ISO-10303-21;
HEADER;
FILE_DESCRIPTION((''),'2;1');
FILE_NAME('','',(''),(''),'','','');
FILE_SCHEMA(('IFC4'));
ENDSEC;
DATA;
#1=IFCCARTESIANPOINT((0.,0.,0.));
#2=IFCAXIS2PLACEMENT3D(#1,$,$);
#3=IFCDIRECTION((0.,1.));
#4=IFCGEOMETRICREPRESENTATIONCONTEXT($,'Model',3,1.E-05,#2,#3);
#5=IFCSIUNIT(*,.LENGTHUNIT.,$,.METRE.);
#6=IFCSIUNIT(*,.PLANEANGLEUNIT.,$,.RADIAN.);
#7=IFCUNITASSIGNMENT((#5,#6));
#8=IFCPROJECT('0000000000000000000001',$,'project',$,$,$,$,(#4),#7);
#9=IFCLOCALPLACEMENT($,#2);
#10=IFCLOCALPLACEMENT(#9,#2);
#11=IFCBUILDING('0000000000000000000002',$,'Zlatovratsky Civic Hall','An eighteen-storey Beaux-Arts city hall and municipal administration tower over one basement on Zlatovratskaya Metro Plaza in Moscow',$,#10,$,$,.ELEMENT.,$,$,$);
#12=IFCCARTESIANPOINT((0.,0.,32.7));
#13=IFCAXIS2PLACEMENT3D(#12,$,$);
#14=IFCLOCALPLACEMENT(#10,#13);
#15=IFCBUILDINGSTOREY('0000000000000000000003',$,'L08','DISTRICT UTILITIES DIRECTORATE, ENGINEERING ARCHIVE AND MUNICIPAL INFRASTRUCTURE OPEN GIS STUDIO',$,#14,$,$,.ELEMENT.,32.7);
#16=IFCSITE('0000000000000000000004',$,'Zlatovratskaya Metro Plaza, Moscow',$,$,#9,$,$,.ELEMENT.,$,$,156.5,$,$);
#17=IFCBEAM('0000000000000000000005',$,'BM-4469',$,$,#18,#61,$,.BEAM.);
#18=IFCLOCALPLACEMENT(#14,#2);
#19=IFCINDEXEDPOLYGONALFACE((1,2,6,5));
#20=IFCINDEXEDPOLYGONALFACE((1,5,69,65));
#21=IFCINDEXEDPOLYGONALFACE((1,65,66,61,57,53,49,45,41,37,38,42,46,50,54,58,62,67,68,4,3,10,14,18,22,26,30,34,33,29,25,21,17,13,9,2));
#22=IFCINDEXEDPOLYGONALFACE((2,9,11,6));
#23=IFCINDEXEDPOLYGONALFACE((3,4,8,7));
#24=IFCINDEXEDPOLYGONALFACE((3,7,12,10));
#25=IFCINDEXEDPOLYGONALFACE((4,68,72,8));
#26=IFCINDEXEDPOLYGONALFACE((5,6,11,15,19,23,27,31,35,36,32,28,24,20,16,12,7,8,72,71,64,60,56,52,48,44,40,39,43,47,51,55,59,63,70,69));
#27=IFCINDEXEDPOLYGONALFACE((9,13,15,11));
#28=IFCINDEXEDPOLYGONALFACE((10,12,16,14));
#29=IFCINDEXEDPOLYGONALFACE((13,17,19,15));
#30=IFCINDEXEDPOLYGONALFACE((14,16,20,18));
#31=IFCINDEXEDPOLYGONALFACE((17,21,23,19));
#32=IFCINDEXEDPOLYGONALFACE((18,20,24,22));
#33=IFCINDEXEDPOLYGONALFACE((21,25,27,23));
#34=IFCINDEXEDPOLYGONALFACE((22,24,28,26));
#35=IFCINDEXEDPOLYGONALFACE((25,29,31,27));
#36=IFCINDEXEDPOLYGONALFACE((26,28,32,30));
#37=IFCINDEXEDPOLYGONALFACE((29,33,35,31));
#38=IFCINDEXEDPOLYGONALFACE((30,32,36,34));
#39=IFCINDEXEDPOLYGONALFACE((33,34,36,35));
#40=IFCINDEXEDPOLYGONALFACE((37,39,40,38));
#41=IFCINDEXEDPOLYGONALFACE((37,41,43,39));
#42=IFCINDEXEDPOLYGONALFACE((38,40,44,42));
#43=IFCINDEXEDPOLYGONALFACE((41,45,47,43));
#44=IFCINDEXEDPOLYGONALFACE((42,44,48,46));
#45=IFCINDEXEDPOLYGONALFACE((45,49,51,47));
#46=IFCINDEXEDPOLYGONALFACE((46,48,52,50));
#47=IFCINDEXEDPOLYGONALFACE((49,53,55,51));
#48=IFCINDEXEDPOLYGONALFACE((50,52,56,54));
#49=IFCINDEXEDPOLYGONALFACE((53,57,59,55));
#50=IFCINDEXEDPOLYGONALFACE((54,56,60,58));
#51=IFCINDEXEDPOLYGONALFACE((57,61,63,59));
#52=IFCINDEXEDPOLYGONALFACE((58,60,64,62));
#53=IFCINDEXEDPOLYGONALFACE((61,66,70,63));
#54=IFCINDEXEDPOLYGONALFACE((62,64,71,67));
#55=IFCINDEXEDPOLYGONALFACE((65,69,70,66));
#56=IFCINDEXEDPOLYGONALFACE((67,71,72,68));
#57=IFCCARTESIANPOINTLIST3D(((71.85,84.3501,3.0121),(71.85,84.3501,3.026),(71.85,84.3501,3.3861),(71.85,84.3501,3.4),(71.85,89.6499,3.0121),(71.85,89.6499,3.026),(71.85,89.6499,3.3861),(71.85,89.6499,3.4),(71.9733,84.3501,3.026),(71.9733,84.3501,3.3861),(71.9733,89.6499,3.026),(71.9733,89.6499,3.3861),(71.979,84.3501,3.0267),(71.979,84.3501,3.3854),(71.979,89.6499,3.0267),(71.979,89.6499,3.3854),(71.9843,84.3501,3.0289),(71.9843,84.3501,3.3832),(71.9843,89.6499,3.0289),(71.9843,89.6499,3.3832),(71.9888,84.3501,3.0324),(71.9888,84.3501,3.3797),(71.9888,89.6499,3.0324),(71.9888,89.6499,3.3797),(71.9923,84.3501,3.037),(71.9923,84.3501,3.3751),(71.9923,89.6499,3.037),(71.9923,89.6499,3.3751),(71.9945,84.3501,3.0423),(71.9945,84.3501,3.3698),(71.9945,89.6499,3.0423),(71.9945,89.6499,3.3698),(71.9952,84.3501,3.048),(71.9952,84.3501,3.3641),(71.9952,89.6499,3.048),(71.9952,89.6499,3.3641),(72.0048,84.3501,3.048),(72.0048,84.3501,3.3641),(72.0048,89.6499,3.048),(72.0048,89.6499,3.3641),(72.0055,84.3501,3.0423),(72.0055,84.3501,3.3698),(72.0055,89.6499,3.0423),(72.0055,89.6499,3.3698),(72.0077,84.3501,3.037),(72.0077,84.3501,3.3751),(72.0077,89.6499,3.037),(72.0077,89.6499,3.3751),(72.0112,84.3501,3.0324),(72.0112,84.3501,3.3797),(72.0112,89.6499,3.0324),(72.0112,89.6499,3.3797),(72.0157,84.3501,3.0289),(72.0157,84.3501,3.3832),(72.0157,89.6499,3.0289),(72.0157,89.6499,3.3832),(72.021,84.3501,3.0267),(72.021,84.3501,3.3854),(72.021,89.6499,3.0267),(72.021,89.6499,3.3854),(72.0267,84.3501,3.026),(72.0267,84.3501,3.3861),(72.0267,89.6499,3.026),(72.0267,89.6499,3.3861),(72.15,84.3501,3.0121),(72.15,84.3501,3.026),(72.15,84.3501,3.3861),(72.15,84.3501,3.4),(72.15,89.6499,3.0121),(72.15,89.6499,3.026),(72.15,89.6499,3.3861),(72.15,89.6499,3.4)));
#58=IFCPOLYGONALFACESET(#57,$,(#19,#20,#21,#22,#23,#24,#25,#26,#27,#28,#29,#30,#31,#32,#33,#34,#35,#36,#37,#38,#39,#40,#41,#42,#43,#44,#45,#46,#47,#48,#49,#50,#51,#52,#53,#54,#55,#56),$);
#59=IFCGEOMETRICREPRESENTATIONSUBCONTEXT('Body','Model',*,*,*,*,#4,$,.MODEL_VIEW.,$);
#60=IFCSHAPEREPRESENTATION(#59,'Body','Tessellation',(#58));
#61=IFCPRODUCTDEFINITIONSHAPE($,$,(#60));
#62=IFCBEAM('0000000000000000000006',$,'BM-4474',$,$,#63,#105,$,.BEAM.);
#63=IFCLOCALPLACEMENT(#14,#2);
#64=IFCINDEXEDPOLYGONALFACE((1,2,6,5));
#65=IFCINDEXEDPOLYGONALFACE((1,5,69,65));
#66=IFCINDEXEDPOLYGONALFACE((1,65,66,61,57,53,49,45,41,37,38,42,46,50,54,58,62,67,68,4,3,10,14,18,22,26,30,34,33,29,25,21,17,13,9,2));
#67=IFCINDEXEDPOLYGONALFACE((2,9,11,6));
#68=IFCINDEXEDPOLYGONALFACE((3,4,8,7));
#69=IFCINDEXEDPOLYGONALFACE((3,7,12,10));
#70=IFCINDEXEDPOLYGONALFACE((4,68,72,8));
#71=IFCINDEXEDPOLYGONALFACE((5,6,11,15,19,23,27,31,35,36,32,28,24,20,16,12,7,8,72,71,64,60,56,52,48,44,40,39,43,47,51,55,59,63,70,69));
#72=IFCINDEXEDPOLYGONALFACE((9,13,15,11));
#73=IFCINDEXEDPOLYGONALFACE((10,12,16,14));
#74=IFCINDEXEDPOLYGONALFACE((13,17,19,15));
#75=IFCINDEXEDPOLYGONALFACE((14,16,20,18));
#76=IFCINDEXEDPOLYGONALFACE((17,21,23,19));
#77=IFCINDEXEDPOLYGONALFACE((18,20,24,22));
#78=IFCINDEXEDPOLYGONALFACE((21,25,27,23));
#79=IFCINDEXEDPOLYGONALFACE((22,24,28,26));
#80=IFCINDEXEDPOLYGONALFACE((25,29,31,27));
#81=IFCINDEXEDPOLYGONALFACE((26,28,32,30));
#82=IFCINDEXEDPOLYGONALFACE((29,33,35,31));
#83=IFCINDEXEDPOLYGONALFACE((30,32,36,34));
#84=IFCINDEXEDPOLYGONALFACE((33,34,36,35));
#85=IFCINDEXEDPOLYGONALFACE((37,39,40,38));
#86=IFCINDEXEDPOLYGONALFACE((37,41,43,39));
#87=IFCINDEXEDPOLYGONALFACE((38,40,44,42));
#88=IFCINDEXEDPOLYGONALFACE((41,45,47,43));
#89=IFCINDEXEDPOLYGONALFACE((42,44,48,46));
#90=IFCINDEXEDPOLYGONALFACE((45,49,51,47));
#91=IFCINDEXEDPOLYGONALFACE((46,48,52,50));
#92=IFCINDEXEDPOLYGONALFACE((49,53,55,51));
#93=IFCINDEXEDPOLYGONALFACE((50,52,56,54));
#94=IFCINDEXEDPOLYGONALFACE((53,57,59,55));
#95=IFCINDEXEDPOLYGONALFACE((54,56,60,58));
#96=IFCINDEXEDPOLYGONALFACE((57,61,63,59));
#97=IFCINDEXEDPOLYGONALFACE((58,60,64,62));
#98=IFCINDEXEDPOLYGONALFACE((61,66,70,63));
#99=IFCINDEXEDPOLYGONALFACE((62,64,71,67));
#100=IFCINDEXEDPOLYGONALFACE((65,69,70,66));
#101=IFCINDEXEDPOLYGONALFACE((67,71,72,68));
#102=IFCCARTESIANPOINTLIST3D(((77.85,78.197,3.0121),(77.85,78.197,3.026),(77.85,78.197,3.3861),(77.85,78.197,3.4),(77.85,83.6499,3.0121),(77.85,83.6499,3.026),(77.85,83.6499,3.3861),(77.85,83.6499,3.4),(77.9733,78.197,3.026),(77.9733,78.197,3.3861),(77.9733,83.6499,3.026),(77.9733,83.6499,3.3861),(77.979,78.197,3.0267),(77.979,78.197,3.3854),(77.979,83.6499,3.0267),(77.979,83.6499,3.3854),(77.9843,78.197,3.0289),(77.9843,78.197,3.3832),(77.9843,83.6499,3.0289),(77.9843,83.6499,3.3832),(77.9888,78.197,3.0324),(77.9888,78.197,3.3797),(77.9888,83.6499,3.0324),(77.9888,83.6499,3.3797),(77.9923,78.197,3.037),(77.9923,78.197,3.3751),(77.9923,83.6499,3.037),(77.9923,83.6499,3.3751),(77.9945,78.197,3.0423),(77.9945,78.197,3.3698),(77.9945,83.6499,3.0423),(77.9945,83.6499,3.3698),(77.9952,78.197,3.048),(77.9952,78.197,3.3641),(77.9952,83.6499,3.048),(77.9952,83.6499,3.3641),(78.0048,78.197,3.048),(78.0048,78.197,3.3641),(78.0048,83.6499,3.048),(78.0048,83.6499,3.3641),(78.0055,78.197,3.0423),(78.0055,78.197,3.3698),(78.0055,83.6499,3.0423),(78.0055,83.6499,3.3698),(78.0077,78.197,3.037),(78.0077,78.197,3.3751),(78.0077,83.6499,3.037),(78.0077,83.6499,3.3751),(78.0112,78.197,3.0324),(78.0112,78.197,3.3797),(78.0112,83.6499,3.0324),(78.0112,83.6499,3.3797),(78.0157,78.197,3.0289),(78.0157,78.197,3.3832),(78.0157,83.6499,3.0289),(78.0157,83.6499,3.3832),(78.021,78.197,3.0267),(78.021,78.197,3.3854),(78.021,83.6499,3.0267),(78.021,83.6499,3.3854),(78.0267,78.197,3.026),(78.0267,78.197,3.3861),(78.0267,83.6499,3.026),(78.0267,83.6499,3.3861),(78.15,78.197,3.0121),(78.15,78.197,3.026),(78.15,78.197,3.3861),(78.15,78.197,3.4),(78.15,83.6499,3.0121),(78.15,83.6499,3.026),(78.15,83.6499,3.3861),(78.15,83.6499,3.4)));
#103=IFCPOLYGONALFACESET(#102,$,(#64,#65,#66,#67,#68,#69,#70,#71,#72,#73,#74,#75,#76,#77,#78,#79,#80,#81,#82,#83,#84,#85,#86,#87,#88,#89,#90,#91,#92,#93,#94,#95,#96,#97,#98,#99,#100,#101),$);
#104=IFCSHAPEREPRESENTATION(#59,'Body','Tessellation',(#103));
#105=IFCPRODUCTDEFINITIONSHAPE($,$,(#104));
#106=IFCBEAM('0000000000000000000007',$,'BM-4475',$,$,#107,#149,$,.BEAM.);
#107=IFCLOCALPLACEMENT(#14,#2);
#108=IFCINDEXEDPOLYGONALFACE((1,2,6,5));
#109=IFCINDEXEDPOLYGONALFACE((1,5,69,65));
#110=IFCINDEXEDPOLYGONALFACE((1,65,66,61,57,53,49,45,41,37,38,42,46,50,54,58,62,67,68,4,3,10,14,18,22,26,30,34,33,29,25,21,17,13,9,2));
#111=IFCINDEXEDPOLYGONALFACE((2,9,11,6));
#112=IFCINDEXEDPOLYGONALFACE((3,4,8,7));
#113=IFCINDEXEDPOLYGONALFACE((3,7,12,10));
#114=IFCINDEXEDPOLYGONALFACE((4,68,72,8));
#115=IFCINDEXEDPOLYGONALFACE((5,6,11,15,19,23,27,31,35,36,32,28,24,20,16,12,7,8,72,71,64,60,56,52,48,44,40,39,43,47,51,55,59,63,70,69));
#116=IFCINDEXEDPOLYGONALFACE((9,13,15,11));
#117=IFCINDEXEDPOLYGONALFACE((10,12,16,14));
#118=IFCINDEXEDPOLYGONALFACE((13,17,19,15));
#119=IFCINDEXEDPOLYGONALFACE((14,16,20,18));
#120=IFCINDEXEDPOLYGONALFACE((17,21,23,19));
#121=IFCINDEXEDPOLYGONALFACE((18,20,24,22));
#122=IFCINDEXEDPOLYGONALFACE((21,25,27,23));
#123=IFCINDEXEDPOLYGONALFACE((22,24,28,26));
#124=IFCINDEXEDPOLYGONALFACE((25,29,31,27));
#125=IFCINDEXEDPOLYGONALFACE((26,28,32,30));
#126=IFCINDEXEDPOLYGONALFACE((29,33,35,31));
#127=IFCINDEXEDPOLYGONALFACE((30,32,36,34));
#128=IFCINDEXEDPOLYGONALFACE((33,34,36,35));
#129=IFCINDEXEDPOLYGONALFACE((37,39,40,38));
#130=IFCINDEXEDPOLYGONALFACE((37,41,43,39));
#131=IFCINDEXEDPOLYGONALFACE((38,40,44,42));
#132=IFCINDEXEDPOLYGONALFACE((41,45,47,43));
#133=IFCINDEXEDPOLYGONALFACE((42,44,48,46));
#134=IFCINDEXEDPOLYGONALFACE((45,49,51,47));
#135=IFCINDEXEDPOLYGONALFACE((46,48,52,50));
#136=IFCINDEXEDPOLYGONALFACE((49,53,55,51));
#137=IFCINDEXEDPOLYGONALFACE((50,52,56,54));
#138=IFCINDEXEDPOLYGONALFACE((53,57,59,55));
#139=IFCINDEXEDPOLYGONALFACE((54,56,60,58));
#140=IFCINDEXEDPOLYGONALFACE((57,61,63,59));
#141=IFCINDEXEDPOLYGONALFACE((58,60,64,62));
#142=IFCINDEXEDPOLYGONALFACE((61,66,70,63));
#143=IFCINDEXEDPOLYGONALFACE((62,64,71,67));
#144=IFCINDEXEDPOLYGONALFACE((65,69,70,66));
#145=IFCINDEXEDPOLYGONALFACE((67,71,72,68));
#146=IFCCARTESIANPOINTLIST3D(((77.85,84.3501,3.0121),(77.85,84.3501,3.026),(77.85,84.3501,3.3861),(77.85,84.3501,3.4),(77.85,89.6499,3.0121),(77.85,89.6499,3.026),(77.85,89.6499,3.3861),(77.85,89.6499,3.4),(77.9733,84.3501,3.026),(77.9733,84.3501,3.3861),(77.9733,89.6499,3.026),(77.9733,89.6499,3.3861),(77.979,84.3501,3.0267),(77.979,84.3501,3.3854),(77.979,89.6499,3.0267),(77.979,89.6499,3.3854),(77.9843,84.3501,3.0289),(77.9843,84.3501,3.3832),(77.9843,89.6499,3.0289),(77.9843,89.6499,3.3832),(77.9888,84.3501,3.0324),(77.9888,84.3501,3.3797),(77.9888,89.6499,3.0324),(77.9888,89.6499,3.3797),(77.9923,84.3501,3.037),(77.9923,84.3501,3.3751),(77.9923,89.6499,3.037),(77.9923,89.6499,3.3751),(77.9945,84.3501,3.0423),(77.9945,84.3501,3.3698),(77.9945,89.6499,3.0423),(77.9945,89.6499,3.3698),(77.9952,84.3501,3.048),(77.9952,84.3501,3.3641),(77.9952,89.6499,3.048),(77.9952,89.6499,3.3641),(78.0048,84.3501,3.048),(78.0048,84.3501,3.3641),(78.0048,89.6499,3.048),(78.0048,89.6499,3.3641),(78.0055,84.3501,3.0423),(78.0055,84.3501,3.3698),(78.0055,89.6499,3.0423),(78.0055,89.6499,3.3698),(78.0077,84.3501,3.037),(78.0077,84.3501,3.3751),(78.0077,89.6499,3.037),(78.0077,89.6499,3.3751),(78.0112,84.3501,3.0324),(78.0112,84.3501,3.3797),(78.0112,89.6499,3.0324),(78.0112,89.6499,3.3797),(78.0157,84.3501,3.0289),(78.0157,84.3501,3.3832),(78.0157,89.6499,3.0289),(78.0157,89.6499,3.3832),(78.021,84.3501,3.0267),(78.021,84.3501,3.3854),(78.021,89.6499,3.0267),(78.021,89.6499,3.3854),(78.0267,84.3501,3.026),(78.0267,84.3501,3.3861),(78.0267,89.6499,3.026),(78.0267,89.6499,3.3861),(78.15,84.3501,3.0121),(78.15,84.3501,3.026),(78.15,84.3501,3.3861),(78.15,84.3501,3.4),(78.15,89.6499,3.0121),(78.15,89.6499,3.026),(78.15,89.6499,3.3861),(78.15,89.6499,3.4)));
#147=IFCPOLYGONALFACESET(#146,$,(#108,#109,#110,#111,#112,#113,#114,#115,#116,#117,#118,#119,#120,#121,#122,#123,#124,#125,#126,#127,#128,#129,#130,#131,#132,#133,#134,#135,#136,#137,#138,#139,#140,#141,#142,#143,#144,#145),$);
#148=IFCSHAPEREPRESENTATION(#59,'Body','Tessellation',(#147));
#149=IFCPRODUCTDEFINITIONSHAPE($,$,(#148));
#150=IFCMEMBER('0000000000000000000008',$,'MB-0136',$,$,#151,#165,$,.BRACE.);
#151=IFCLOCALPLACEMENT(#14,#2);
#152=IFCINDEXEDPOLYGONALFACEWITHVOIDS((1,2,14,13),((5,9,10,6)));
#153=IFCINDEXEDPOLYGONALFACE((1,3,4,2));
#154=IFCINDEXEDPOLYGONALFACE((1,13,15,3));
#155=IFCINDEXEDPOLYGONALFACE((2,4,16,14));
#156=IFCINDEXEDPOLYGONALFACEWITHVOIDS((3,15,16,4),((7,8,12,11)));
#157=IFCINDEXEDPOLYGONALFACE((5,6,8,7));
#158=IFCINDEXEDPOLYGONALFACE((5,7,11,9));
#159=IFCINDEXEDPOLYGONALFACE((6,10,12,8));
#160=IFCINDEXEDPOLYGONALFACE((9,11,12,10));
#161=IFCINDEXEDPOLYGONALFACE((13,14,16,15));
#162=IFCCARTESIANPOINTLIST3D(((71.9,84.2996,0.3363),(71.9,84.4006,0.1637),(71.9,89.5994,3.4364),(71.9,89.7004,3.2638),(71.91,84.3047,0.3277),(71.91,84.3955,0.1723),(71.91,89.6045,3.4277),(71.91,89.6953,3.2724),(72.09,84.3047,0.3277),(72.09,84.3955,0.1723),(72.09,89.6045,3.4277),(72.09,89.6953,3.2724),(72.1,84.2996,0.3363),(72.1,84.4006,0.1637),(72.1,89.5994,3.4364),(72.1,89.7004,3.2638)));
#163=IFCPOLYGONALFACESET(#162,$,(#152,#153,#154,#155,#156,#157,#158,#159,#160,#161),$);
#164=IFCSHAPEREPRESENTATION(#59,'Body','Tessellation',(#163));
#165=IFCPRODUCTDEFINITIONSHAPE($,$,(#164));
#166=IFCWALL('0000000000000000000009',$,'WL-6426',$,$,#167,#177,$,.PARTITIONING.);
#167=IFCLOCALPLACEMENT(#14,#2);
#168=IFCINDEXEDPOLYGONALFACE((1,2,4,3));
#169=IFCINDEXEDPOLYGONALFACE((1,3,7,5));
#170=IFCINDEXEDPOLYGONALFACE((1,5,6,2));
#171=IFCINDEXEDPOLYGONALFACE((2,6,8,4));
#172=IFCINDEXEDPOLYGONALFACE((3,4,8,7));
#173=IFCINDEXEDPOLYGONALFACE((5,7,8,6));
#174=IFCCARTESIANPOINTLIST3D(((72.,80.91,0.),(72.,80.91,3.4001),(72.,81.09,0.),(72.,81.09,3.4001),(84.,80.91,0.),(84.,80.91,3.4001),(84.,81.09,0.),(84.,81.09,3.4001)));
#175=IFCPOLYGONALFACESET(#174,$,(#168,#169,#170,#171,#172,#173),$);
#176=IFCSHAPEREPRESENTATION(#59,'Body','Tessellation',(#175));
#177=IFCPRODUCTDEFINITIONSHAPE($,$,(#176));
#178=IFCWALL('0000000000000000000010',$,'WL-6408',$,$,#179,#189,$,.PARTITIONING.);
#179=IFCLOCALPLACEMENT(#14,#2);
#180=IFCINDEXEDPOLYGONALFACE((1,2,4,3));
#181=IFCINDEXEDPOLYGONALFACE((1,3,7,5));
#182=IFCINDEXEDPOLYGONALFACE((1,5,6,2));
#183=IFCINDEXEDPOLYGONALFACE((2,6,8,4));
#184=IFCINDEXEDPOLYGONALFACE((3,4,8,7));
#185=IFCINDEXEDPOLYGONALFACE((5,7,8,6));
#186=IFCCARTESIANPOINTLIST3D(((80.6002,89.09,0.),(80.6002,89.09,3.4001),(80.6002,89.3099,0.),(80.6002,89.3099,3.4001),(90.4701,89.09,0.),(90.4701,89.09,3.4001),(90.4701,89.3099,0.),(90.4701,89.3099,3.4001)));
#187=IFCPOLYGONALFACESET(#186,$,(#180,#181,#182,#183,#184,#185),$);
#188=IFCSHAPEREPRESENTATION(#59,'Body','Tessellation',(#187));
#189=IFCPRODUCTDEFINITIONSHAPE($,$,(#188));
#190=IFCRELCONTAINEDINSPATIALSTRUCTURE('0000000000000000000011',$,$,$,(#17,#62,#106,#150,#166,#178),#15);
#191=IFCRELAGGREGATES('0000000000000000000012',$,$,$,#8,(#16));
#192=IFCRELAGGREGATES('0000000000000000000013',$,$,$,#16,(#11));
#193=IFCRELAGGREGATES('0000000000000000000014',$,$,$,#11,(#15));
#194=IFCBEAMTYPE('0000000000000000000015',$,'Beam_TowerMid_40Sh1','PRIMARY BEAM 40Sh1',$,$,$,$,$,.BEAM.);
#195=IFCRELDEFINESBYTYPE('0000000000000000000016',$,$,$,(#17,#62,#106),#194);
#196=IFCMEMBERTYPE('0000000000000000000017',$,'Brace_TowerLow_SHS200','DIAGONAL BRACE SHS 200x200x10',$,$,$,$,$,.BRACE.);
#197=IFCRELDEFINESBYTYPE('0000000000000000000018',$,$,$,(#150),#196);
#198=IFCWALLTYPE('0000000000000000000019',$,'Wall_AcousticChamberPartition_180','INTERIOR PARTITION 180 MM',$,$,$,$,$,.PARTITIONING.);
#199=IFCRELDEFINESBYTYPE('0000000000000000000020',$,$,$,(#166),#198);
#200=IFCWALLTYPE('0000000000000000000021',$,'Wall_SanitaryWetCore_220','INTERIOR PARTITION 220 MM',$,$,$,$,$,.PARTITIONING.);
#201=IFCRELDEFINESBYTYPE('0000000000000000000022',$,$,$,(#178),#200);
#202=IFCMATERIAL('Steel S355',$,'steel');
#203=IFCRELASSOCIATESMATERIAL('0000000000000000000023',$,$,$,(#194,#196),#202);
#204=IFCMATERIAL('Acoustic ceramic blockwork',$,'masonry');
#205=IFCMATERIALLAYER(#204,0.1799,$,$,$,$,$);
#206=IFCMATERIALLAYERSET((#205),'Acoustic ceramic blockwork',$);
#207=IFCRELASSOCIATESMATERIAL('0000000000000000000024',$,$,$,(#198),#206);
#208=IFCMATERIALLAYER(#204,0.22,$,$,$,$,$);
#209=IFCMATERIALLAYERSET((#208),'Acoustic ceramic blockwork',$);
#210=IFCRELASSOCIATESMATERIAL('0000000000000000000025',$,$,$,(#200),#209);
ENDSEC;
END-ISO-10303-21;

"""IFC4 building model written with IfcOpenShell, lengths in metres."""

from ifc_helpers import new_model, si_unit, direction, frame, frame_2d, origin, origin_2d, place, context, subcontext, project, spatial, rectangle, hollow_rectangle, i_section, extrude, material, layer, layer_set, material_profile, profile_set, type_object, element, save


model = new_model("IFC4")

# Units and contexts
model_context = context("Model", 3, precision=1e-05, world=origin(), true_north=direction((0.0, 1.0)))
body_context = subcontext(model_context, "Body", "Model", "MODEL_VIEW")
ifc_project = project(units=[si_unit("LENGTHUNIT", "METRE"), si_unit("PLANEANGLEUNIT", "RADIAN")], contexts=[model_context])

# Site, building, storey
site_placement = place(None, origin())
site = spatial("IfcSite", under=ifc_project, at=site_placement, Name="Zlatovratskaya Metro Plaza, Moscow", CompositionType="ELEMENT", RefElevation=156.5)
building_placement = place(site_placement, origin())
building = spatial("IfcBuilding", under=site, at=building_placement, Name="Zlatovratsky Civic Hall", Description="An eighteen-storey Beaux-Arts city hall and municipal administration tower over one basement on Zlatovratskaya Metro Plaza in Moscow", CompositionType="ELEMENT")
storey_placement = place(building_placement, frame((0.0, 0.0, 32.7)))
storey = spatial("IfcBuildingStorey", under=building, at=storey_placement, Name="L08", Description="DISTRICT UTILITIES DIRECTORATE, ENGINEERING ARCHIVE AND MUNICIPAL INFRASTRUCTURE OPEN GIS STUDIO", CompositionType="ELEMENT", Elevation=32.7)

# Beams
ifc_material_1 = material(Name="Steel S355", Category="steel")
ifc_material_profile_1 = material_profile(ifc_material_1, i_section(OverallWidth=0.3, OverallDepth=0.3879, WebThickness=0.0095, FlangeThickness=0.0139, FilletRadius=0.022, at=origin_2d()), Name="40Sh1")
ifc_profile_set_1 = profile_set([ifc_material_profile_1], Name="Steel S355")
beam_type = type_object("IfcBeamType", Name="Beam_TowerMid_40Sh1", Description="PRIMARY BEAM 40Sh1", PredefinedType="BEAM", material=ifc_profile_set_1)
beam_1_placement = place(storey_placement, frame((72.0, 84.3501, 3.2061), z_axis=(0.0, 1.0, 0.0), x_axis=(-1.0, 0.0, 0.0)))
element("IfcBeam", 1, at=beam_1_placement, inside=storey, type_object=beam_type, Name="BM-4469", PredefinedType="BEAM", context=body_context, shape_type="SweptSolid", body=[
    extrude(i_section(OverallWidth=0.3, OverallDepth=0.3879, WebThickness=0.0095, FlangeThickness=0.0139, FilletRadius=0.022, at=origin_2d()), origin(), (0.0, 0.0, 1.0), 5.2998),
])
beam_2_placement = place(storey_placement, frame((78.0, 78.197, 3.2061), z_axis=(0.0, 1.0, 0.0), x_axis=(-1.0, 0.0, 0.0)))
element("IfcBeam", 2, at=beam_2_placement, inside=storey, type_object=beam_type, Name="BM-4474", PredefinedType="BEAM", context=body_context, shape_type="SweptSolid", body=[
    extrude(i_section(OverallWidth=0.3, OverallDepth=0.3879, WebThickness=0.0095, FlangeThickness=0.0139, FilletRadius=0.022, at=origin_2d()), origin(), (0.0, 0.0, 1.0), 5.4529),
])
beam_3_placement = place(storey_placement, frame((78.0, 84.3501, 3.2061), z_axis=(0.0, 1.0, 0.0), x_axis=(-1.0, 0.0, 0.0)))
element("IfcBeam", 3, at=beam_3_placement, inside=storey, type_object=beam_type, Name="BM-4475", PredefinedType="BEAM", context=body_context, shape_type="SweptSolid", body=[
    extrude(i_section(OverallWidth=0.3, OverallDepth=0.3879, WebThickness=0.0095, FlangeThickness=0.0139, FilletRadius=0.022, at=origin_2d()), origin(), (0.0, 0.0, 1.0), 5.2998),
])

# Member
ifc_material_profile_2 = material_profile(ifc_material_1, hollow_rectangle(XDim=0.2, YDim=0.2, WallThickness=0.01, at=origin_2d()), Name="SHS 200x200x10")
ifc_profile_set_2 = profile_set([ifc_material_profile_2], Name="Steel S355")
member_type = type_object("IfcMemberType", Name="Brace_TowerLow_SHS200", Description="DIAGONAL BRACE SHS 200x200x10", PredefinedType="BRACE", material=ifc_profile_set_2)
member_placement = place(storey_placement, frame((72.0, 84.3501, 0.25), z_axis=(0.0, 0.863173, 0.504909), x_axis=(-1.0, 0.0, 0.0)))
element("IfcMember", 4, at=member_placement, inside=storey, type_object=member_type, Name="MB-0136", PredefinedType="BRACE", context=body_context, shape_type="SweptSolid", body=[
    extrude(hollow_rectangle(XDim=0.2, YDim=0.2, WallThickness=0.01, at=origin_2d()), origin(), (0.0, 0.0, 1.0), 6.1399),
])

# Wall
ifc_material_2 = material(Name="Acoustic ceramic blockwork", Category="masonry")
ifc_layer_1 = layer(ifc_material_2, 0.1799)
ifc_layer_set_1 = layer_set([ifc_layer_1], Name="Acoustic ceramic blockwork")
wall_type_1 = type_object("IfcWallType", Name="Wall_AcousticChamberPartition_180", Description="INTERIOR PARTITION 180 MM", PredefinedType="PARTITIONING", material=ifc_layer_set_1)
wall_1_placement = place(storey_placement, frame((72.0, 81.0, 0.0), z_axis=(0.0, 0.0, 1.0), x_axis=(1.0, 0.0, 0.0)))
element("IfcWall", 5, at=wall_1_placement, inside=storey, type_object=wall_type_1, Name="WL-6426", PredefinedType="PARTITIONING", context=body_context, shape_type="SweptSolid", body=[
    extrude(rectangle(XDim=12.0, YDim=0.1799, at=frame_2d((6.0, 0.0))), origin(), (0.0, 0.0, 1.0), 3.4001),
])

# Shared definitions
ifc_layer_2 = layer(ifc_material_2, 0.22)
ifc_layer_set_2 = layer_set([ifc_layer_2], Name="Acoustic ceramic blockwork")
wall_type_2 = type_object("IfcWallType", Name="Wall_SanitaryWetCore_220", Description="INTERIOR PARTITION 220 MM", PredefinedType="PARTITIONING", material=ifc_layer_set_2)

# Wall
wall_2_placement = place(storey_placement, frame((80.6001, 89.2, 0.0), z_axis=(0.0, 0.0, 1.0), x_axis=(1.0, 0.0, 0.0)))
element("IfcWall", 6, at=wall_2_placement, inside=storey, type_object=wall_type_2, Name="WL-6408", PredefinedType="PARTITIONING", context=body_context, shape_type="SweptSolid", body=[
    extrude(rectangle(XDim=9.8699, YDim=0.22, at=frame_2d((4.9351, 0.0))), origin(), (0.0, 0.0, 1.0), 3.4001),
])

save(model, "model.ifc")
